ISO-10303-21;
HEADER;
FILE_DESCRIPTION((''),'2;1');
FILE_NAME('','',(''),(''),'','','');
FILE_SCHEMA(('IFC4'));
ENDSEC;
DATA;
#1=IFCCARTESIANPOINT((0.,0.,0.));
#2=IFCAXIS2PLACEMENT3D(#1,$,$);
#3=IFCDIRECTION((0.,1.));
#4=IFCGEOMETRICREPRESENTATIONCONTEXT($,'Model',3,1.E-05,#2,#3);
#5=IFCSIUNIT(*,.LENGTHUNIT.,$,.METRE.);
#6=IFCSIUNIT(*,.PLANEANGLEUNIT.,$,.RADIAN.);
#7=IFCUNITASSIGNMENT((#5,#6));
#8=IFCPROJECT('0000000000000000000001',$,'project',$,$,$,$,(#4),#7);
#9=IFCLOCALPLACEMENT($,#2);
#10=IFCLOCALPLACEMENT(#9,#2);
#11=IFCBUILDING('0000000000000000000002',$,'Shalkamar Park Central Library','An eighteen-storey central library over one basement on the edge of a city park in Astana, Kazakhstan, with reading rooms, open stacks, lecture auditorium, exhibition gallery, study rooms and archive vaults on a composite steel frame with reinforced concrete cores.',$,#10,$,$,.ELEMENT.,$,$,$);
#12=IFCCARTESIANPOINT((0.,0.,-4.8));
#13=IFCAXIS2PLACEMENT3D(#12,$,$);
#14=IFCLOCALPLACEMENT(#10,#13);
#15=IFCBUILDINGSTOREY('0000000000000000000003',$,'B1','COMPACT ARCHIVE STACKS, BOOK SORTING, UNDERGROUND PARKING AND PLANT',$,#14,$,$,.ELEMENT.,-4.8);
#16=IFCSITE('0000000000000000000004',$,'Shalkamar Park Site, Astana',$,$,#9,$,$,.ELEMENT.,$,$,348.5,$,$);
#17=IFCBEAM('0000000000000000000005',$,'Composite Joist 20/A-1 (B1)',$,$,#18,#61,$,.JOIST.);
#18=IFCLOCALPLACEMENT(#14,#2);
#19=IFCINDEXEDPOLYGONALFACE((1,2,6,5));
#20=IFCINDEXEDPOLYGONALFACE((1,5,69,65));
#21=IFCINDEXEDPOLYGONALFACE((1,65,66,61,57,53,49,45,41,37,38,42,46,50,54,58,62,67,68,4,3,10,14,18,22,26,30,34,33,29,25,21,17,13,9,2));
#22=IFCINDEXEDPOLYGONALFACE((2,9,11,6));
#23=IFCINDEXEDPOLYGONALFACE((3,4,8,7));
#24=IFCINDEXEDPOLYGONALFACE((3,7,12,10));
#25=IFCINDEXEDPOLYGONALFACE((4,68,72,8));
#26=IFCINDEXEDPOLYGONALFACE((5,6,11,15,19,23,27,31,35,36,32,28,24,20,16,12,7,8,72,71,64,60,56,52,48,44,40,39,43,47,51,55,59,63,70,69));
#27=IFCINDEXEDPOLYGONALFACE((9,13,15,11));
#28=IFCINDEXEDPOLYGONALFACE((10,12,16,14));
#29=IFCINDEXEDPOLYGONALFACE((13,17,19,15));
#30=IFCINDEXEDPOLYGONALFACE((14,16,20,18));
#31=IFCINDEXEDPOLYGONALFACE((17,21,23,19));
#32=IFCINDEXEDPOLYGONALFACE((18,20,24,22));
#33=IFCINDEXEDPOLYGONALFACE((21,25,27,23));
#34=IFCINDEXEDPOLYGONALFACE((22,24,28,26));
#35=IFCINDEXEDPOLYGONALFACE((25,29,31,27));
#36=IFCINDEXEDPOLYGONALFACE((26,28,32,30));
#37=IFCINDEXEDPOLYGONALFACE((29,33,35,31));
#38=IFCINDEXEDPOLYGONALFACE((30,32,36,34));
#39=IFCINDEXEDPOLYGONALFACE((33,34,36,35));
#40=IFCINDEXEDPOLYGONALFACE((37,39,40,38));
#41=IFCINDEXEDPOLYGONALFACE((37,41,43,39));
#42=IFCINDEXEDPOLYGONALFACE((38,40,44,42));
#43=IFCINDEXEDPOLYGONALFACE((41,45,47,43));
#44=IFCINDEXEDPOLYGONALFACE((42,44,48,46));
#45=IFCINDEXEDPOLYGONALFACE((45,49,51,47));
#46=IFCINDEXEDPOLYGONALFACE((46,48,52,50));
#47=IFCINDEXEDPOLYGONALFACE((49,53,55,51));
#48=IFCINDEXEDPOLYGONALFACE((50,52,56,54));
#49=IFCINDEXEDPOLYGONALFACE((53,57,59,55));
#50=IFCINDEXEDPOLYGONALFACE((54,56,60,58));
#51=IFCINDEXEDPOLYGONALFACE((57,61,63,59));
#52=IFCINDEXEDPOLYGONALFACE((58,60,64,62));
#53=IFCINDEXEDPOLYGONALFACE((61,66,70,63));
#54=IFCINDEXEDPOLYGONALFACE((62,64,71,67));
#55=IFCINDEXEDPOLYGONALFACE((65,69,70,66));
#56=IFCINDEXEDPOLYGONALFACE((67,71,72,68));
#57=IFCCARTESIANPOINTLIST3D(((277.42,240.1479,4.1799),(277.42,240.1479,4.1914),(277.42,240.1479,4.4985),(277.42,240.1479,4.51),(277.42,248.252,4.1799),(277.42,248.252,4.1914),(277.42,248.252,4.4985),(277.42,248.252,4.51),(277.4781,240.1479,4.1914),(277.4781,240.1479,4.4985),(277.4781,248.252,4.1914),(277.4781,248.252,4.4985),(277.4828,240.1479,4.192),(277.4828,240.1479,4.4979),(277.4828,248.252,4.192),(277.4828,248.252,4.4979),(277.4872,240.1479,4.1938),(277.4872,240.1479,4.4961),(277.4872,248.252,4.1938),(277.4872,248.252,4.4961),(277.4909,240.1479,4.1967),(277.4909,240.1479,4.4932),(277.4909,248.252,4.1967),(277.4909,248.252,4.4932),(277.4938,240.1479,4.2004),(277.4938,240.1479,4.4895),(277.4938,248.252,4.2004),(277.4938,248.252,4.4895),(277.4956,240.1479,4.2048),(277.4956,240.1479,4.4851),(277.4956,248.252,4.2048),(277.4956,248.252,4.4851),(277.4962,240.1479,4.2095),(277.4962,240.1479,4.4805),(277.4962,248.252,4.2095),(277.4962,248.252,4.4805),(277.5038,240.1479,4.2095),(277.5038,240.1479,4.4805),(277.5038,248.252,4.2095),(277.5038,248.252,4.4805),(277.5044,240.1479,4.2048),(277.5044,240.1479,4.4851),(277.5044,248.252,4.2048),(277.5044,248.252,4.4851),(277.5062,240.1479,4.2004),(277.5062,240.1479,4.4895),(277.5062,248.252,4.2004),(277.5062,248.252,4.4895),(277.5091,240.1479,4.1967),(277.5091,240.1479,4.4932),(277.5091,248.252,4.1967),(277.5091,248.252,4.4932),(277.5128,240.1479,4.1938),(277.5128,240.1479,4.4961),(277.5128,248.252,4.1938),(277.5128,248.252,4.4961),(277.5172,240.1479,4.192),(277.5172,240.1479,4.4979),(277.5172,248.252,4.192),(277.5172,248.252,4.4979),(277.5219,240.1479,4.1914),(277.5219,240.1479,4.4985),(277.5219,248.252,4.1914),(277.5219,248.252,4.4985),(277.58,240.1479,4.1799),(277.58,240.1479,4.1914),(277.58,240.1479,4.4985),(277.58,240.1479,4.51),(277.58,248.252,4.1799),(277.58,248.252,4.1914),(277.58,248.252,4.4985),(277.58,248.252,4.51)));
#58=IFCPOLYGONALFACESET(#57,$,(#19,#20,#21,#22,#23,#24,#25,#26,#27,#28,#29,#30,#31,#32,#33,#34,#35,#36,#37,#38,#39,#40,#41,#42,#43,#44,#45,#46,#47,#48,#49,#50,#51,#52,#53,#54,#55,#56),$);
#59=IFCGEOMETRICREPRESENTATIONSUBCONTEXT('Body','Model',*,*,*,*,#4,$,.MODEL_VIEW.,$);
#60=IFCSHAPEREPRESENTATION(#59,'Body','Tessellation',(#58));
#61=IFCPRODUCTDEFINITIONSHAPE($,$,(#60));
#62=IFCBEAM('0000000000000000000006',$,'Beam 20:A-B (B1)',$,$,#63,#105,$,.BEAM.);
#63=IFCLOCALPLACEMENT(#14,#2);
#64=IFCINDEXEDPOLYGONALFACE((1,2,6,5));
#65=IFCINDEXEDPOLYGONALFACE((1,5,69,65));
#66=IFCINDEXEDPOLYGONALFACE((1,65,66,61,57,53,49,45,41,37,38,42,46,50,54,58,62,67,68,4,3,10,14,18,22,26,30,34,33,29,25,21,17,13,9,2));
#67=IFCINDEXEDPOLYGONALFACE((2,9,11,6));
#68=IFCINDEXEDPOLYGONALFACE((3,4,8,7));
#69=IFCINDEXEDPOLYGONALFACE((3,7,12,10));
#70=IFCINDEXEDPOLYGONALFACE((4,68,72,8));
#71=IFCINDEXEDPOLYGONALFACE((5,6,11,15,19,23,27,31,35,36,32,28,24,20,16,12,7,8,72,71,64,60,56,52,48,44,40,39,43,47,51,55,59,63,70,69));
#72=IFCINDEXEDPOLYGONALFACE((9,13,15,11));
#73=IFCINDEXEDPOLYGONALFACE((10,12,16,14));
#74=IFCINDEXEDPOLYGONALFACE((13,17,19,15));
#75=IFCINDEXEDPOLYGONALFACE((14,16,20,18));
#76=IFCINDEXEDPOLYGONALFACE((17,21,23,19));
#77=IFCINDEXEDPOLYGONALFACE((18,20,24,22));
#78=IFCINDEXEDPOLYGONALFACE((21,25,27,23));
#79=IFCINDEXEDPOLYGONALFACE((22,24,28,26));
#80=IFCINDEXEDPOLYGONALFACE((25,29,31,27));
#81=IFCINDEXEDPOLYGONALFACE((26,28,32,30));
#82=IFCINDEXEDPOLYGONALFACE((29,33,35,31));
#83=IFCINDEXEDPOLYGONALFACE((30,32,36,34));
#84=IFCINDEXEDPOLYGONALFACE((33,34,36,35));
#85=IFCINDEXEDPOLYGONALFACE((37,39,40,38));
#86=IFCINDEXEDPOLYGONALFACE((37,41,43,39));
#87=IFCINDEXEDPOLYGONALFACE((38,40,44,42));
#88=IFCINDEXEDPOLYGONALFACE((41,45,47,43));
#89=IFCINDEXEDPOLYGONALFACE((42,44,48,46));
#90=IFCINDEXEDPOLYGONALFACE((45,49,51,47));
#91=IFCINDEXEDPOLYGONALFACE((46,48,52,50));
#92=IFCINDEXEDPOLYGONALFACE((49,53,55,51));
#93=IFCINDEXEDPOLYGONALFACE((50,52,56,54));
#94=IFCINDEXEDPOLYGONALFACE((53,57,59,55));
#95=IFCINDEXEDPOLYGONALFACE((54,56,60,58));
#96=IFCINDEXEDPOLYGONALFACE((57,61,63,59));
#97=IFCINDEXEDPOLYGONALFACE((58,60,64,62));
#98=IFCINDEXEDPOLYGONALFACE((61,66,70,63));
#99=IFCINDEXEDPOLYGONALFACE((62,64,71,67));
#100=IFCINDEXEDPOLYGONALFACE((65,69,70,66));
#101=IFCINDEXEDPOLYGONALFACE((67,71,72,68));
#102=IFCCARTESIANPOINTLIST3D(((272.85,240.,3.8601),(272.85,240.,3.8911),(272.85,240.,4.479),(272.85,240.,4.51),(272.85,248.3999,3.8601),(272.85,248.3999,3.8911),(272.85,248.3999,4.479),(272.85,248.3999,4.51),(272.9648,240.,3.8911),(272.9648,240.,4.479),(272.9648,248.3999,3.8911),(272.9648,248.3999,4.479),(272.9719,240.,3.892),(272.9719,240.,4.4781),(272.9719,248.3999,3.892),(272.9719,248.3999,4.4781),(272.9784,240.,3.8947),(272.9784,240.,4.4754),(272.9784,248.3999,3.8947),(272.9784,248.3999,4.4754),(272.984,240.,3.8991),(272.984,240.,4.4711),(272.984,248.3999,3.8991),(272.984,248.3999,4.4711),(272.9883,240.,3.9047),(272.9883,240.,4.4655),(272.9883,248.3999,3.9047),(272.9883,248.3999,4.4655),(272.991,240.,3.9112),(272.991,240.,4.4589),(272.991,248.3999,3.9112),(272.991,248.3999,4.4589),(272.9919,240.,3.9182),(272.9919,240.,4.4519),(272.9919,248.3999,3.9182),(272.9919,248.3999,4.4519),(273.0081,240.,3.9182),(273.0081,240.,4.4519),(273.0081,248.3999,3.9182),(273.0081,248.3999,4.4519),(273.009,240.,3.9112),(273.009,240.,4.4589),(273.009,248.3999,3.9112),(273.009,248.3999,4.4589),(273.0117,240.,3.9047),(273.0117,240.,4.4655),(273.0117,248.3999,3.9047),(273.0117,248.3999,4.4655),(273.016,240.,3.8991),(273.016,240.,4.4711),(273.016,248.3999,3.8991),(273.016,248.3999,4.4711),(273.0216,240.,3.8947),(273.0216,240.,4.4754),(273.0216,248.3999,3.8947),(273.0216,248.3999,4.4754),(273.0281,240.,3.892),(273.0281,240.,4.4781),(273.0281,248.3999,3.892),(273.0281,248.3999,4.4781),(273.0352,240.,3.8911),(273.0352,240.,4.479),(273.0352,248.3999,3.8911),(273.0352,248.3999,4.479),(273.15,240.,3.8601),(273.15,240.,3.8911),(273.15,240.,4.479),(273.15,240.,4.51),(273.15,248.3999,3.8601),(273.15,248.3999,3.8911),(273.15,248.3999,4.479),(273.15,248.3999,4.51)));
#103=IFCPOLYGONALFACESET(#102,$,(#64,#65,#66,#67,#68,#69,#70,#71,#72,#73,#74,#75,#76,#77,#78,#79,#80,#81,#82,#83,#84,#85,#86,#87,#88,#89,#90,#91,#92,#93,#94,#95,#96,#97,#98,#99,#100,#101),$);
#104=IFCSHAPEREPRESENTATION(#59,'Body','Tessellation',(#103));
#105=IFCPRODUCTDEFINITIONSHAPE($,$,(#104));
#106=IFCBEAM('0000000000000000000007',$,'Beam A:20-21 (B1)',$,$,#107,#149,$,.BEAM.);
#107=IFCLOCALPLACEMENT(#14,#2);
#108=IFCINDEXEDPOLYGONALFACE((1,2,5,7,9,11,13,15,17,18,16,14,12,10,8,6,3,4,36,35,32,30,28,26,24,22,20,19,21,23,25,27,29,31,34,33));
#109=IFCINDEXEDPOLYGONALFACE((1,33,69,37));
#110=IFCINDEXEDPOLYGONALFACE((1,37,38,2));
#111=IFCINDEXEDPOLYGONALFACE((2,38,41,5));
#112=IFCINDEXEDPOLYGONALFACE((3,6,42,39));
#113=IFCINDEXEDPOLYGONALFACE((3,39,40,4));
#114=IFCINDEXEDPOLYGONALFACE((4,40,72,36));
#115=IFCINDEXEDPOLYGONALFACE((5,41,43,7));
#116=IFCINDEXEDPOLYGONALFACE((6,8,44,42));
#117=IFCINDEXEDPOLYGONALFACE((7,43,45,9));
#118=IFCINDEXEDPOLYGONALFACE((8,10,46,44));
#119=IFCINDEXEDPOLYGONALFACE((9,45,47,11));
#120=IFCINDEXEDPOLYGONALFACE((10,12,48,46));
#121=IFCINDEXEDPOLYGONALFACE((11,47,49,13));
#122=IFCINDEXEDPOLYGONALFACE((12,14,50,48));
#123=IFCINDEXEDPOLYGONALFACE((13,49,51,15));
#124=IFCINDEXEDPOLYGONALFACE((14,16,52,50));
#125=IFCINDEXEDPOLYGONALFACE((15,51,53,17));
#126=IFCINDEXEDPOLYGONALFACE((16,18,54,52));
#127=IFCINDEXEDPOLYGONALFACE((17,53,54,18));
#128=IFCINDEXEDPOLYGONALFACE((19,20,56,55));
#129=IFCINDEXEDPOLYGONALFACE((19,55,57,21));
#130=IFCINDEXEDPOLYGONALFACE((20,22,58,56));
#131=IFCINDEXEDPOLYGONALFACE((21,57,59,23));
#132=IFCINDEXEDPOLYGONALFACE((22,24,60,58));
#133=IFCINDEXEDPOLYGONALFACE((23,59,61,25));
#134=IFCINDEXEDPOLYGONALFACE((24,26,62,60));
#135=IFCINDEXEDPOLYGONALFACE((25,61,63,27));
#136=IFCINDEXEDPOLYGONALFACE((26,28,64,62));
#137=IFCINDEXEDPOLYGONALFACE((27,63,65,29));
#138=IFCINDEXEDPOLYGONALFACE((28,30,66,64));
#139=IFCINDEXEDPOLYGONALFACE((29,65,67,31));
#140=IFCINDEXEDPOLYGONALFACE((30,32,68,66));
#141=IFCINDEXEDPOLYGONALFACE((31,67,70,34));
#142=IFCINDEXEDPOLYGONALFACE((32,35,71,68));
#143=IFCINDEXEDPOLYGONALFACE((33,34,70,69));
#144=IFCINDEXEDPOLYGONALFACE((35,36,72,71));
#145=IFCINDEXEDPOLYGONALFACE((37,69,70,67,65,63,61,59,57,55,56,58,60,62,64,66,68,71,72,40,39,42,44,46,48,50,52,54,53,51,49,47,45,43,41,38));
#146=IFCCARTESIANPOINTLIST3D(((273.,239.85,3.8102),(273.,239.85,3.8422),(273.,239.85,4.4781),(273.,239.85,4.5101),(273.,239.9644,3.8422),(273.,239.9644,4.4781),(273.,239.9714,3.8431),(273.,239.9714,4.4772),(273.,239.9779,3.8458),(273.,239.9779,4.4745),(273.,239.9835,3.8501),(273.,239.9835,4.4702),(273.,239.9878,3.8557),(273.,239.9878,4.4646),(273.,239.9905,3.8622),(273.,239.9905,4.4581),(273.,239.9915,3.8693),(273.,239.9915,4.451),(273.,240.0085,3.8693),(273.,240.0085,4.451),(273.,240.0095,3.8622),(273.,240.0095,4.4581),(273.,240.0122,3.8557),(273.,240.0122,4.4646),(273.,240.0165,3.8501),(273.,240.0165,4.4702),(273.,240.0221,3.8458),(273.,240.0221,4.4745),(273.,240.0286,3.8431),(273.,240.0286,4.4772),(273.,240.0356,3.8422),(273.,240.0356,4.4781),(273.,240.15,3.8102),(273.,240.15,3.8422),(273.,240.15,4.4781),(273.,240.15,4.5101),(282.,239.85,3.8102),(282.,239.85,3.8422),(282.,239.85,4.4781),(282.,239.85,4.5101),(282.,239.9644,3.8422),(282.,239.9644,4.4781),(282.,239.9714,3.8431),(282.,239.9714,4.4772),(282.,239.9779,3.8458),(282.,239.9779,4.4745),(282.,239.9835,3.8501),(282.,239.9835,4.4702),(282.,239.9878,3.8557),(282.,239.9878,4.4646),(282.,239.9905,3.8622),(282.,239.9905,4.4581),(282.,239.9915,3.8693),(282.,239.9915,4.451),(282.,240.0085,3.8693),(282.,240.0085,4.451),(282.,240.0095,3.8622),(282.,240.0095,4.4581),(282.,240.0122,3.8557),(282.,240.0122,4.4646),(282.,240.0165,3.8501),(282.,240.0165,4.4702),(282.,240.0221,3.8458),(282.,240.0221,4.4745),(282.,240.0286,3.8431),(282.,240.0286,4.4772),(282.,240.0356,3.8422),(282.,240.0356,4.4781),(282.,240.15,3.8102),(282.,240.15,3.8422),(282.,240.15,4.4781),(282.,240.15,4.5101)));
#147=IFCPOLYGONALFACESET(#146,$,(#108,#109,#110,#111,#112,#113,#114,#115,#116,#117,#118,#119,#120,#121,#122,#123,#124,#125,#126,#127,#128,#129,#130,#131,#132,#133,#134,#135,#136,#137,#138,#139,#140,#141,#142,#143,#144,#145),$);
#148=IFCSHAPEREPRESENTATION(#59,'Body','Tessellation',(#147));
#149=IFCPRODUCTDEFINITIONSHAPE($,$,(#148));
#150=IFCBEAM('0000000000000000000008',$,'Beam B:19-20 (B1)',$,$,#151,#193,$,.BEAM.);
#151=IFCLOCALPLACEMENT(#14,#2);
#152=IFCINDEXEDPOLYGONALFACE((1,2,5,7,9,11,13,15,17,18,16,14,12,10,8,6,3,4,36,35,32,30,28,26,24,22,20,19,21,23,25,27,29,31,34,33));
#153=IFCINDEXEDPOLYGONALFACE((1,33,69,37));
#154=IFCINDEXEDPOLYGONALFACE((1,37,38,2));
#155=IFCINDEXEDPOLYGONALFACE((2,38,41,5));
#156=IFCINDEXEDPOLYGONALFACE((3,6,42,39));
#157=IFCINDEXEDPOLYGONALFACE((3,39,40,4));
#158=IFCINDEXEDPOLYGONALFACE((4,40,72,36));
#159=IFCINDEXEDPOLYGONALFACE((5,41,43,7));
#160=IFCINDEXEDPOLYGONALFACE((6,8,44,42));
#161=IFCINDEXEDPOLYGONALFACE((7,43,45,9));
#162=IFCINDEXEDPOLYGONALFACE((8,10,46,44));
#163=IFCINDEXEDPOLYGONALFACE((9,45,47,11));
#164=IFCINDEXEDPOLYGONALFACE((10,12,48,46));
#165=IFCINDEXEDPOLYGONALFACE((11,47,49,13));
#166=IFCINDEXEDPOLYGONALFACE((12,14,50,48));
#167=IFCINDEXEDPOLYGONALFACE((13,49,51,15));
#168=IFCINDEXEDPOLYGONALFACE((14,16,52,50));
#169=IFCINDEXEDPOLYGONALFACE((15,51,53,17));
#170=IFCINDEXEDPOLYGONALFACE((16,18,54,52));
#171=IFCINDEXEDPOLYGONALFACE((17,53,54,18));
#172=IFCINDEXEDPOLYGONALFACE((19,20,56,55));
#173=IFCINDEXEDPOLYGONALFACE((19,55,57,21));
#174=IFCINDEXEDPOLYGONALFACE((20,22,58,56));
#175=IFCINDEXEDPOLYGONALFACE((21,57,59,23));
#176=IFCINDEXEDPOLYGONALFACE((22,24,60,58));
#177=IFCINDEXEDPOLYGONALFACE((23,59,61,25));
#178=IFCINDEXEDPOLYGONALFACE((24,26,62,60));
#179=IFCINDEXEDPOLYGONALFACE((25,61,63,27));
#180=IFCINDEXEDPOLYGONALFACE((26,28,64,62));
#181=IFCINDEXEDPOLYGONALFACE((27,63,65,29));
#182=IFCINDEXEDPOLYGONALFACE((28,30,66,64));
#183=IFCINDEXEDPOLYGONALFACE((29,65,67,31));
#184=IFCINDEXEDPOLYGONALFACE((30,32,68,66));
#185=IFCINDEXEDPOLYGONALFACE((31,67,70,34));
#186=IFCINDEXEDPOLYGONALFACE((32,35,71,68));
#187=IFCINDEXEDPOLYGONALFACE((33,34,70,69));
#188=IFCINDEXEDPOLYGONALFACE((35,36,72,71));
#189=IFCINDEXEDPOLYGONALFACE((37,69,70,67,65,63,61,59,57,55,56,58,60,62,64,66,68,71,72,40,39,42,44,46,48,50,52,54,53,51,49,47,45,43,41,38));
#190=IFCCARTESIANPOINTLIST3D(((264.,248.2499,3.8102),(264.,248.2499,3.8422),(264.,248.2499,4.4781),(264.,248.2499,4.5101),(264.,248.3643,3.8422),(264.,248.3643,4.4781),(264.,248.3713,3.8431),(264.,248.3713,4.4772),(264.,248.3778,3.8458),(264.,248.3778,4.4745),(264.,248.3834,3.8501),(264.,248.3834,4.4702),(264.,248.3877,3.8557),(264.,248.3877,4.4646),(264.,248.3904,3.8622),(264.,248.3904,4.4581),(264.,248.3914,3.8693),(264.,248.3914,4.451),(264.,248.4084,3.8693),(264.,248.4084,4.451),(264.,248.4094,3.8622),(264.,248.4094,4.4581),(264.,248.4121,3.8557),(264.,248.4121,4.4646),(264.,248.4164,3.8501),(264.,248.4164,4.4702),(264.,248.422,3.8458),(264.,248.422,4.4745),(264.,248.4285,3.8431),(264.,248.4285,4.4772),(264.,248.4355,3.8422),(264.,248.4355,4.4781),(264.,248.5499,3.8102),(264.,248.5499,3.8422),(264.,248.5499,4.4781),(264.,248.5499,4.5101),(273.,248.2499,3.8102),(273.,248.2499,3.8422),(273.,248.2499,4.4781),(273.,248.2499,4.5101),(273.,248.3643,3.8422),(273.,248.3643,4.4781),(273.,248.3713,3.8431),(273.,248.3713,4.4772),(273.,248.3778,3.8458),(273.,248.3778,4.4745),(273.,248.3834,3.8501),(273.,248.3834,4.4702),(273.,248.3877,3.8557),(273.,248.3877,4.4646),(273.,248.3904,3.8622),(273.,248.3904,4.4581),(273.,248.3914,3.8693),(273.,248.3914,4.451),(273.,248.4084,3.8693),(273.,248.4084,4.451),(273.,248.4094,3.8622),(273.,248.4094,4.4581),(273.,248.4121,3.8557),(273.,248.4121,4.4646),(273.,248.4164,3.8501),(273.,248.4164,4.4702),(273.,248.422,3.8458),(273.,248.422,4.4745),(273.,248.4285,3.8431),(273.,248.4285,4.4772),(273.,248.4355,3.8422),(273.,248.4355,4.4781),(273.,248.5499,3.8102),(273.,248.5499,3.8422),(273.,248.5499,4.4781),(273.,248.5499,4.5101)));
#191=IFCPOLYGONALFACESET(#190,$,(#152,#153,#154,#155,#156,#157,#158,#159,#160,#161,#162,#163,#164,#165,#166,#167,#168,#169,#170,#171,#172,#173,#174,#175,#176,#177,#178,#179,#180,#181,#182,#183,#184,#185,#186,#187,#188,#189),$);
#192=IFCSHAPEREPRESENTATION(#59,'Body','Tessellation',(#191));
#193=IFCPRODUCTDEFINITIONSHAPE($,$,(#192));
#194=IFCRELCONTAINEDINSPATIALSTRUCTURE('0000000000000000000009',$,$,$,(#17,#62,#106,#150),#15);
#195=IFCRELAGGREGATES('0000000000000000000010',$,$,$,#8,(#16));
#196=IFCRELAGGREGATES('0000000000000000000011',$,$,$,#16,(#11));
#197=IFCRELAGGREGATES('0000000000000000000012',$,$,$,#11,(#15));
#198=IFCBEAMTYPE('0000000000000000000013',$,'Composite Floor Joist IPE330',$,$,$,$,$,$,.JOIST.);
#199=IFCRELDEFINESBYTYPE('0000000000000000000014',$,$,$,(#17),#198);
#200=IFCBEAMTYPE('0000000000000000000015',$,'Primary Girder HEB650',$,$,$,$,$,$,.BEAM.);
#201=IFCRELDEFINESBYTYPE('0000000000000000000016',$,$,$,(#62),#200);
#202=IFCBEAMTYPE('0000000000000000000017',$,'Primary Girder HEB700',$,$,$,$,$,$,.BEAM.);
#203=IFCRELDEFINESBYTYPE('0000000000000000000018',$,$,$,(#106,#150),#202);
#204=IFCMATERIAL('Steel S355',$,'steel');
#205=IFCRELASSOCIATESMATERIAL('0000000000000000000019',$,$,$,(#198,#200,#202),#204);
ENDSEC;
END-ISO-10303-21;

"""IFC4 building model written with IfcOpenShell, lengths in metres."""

from ifc_helpers import new_model, si_unit, direction, frame, origin, origin_2d, place, context, subcontext, project, spatial, i_section, extrude, material, material_profile, profile_set, type_object, element, save


model = new_model("IFC4")

# Units and contexts
model_context = context("Model", 3, precision=1e-05, world=origin(), true_north=direction((0.0, 1.0)))
body_context = subcontext(model_context, "Body", "Model", "MODEL_VIEW")
ifc_project = project(units=[si_unit("LENGTHUNIT", "METRE"), si_unit("PLANEANGLEUNIT", "RADIAN")], contexts=[model_context])

# Site, building, storey
site_placement = place(None, origin())
site = spatial("IfcSite", under=ifc_project, at=site_placement, Name="Shalkamar Park Site, Astana", CompositionType="ELEMENT", RefElevation=348.5)
building_placement = place(site_placement, origin())
building = spatial("IfcBuilding", under=site, at=building_placement, Name="Shalkamar Park Central Library", Description="An eighteen-storey central library over one basement on the edge of a city park in Astana, Kazakhstan, with reading rooms, open stacks, lecture auditorium, exhibition gallery, study rooms and archive vaults on a composite steel frame with reinforced concrete cores.", CompositionType="ELEMENT")
storey_placement = place(building_placement, frame((0.0, 0.0, -4.8)))
storey = spatial("IfcBuildingStorey", under=building, at=storey_placement, Name="B1", Description="COMPACT ARCHIVE STACKS, BOOK SORTING, UNDERGROUND PARKING AND PLANT", CompositionType="ELEMENT", Elevation=-4.8)

# Shared definitions
ifc_material_1 = material(Name="Steel S355", Category="steel")

# Beams
ifc_material_profile_1 = material_profile(ifc_material_1, i_section(OverallWidth=0.1599, OverallDepth=0.3301, WebThickness=0.0076, FlangeThickness=0.0115, FilletRadius=0.0181, at=origin_2d()), Name="IPE 330")
ifc_profile_set_1 = profile_set([ifc_material_profile_1], Name="Steel S355")
beam_type_1 = type_object("IfcBeamType", Name="Composite Floor Joist IPE330", PredefinedType="JOIST", material=ifc_profile_set_1)
for number, where, z_axis, x_axis, name in (
    (1, (277.5, 240.1479, 4.345), (0.0, 1.0, 0.0), (-1.0, 0.0, 0.0), "Composite Joist 20/A-1 (B1)"),
):
    element("IfcBeam", number, at=place(storey_placement, frame(where, z_axis=z_axis, x_axis=x_axis)), inside=storey, type_object=beam_type_1, Name=name, PredefinedType="JOIST", context=body_context, shape_type="SweptSolid", body=[
        extrude(i_section(OverallWidth=0.1599, OverallDepth=0.3301, WebThickness=0.0076, FlangeThickness=0.0115, FilletRadius=0.0181, at=origin_2d()), origin(), (0.0, 0.0, 1.0), 8.104),
    ])
ifc_material_profile_2 = material_profile(ifc_material_1, i_section(OverallWidth=0.3, OverallDepth=0.6499, WebThickness=0.0161, FlangeThickness=0.031, FilletRadius=0.0271, at=origin_2d()), Name="HEB 650")
ifc_profile_set_2 = profile_set([ifc_material_profile_2], Name="Steel S355")
beam_type_2 = type_object("IfcBeamType", Name="Primary Girder HEB650", PredefinedType="BEAM", material=ifc_profile_set_2)
beam_placement = place(storey_placement, frame((273.0, 240.0, 4.1851), z_axis=(0.0, 1.0, 0.0), x_axis=(-1.0, 0.0, 0.0)))
element("IfcBeam", 2, at=beam_placement, inside=storey, type_object=beam_type_2, Name="Beam 20:A-B (B1)", PredefinedType="BEAM", context=body_context, shape_type="SweptSolid", body=[
    extrude(i_section(OverallWidth=0.3, OverallDepth=0.6499, WebThickness=0.0161, FlangeThickness=0.031, FilletRadius=0.0271, at=origin_2d()), origin(), (0.0, 0.0, 1.0), 8.3999),
])
ifc_material_profile_3 = material_profile(ifc_material_1, i_section(OverallWidth=0.3, OverallDepth=0.7, WebThickness=0.0171, FlangeThickness=0.032, FilletRadius=0.0271, at=origin_2d()), Name="HEB 700")
ifc_profile_set_3 = profile_set([ifc_material_profile_3], Name="Steel S355")
beam_type_3 = type_object("IfcBeamType", Name="Primary Girder HEB700", PredefinedType="BEAM", material=ifc_profile_set_3)
for number, where, z_axis, x_axis, name in (
    (3, (273.0, 240.0, 4.1602), (1.0, 0.0, 0.0), (0.0, 1.0, 0.0), "Beam A:20-21 (B1)"),
    (4, (264.0, 248.3999, 4.1602), (1.0, 0.0, 0.0), (0.0, 1.0, 0.0), "Beam B:19-20 (B1)"),
):
    element("IfcBeam", number, at=place(storey_placement, frame(where, z_axis=z_axis, x_axis=x_axis)), inside=storey, type_object=beam_type_3, Name=name, PredefinedType="BEAM", context=body_context, shape_type="SweptSolid", body=[
        extrude(i_section(OverallWidth=0.3, OverallDepth=0.7, WebThickness=0.0171, FlangeThickness=0.032, FilletRadius=0.0271, at=origin_2d()), origin(), (0.0, 0.0, 1.0), 9.0),
    ])

save(model, "model.ifc")
